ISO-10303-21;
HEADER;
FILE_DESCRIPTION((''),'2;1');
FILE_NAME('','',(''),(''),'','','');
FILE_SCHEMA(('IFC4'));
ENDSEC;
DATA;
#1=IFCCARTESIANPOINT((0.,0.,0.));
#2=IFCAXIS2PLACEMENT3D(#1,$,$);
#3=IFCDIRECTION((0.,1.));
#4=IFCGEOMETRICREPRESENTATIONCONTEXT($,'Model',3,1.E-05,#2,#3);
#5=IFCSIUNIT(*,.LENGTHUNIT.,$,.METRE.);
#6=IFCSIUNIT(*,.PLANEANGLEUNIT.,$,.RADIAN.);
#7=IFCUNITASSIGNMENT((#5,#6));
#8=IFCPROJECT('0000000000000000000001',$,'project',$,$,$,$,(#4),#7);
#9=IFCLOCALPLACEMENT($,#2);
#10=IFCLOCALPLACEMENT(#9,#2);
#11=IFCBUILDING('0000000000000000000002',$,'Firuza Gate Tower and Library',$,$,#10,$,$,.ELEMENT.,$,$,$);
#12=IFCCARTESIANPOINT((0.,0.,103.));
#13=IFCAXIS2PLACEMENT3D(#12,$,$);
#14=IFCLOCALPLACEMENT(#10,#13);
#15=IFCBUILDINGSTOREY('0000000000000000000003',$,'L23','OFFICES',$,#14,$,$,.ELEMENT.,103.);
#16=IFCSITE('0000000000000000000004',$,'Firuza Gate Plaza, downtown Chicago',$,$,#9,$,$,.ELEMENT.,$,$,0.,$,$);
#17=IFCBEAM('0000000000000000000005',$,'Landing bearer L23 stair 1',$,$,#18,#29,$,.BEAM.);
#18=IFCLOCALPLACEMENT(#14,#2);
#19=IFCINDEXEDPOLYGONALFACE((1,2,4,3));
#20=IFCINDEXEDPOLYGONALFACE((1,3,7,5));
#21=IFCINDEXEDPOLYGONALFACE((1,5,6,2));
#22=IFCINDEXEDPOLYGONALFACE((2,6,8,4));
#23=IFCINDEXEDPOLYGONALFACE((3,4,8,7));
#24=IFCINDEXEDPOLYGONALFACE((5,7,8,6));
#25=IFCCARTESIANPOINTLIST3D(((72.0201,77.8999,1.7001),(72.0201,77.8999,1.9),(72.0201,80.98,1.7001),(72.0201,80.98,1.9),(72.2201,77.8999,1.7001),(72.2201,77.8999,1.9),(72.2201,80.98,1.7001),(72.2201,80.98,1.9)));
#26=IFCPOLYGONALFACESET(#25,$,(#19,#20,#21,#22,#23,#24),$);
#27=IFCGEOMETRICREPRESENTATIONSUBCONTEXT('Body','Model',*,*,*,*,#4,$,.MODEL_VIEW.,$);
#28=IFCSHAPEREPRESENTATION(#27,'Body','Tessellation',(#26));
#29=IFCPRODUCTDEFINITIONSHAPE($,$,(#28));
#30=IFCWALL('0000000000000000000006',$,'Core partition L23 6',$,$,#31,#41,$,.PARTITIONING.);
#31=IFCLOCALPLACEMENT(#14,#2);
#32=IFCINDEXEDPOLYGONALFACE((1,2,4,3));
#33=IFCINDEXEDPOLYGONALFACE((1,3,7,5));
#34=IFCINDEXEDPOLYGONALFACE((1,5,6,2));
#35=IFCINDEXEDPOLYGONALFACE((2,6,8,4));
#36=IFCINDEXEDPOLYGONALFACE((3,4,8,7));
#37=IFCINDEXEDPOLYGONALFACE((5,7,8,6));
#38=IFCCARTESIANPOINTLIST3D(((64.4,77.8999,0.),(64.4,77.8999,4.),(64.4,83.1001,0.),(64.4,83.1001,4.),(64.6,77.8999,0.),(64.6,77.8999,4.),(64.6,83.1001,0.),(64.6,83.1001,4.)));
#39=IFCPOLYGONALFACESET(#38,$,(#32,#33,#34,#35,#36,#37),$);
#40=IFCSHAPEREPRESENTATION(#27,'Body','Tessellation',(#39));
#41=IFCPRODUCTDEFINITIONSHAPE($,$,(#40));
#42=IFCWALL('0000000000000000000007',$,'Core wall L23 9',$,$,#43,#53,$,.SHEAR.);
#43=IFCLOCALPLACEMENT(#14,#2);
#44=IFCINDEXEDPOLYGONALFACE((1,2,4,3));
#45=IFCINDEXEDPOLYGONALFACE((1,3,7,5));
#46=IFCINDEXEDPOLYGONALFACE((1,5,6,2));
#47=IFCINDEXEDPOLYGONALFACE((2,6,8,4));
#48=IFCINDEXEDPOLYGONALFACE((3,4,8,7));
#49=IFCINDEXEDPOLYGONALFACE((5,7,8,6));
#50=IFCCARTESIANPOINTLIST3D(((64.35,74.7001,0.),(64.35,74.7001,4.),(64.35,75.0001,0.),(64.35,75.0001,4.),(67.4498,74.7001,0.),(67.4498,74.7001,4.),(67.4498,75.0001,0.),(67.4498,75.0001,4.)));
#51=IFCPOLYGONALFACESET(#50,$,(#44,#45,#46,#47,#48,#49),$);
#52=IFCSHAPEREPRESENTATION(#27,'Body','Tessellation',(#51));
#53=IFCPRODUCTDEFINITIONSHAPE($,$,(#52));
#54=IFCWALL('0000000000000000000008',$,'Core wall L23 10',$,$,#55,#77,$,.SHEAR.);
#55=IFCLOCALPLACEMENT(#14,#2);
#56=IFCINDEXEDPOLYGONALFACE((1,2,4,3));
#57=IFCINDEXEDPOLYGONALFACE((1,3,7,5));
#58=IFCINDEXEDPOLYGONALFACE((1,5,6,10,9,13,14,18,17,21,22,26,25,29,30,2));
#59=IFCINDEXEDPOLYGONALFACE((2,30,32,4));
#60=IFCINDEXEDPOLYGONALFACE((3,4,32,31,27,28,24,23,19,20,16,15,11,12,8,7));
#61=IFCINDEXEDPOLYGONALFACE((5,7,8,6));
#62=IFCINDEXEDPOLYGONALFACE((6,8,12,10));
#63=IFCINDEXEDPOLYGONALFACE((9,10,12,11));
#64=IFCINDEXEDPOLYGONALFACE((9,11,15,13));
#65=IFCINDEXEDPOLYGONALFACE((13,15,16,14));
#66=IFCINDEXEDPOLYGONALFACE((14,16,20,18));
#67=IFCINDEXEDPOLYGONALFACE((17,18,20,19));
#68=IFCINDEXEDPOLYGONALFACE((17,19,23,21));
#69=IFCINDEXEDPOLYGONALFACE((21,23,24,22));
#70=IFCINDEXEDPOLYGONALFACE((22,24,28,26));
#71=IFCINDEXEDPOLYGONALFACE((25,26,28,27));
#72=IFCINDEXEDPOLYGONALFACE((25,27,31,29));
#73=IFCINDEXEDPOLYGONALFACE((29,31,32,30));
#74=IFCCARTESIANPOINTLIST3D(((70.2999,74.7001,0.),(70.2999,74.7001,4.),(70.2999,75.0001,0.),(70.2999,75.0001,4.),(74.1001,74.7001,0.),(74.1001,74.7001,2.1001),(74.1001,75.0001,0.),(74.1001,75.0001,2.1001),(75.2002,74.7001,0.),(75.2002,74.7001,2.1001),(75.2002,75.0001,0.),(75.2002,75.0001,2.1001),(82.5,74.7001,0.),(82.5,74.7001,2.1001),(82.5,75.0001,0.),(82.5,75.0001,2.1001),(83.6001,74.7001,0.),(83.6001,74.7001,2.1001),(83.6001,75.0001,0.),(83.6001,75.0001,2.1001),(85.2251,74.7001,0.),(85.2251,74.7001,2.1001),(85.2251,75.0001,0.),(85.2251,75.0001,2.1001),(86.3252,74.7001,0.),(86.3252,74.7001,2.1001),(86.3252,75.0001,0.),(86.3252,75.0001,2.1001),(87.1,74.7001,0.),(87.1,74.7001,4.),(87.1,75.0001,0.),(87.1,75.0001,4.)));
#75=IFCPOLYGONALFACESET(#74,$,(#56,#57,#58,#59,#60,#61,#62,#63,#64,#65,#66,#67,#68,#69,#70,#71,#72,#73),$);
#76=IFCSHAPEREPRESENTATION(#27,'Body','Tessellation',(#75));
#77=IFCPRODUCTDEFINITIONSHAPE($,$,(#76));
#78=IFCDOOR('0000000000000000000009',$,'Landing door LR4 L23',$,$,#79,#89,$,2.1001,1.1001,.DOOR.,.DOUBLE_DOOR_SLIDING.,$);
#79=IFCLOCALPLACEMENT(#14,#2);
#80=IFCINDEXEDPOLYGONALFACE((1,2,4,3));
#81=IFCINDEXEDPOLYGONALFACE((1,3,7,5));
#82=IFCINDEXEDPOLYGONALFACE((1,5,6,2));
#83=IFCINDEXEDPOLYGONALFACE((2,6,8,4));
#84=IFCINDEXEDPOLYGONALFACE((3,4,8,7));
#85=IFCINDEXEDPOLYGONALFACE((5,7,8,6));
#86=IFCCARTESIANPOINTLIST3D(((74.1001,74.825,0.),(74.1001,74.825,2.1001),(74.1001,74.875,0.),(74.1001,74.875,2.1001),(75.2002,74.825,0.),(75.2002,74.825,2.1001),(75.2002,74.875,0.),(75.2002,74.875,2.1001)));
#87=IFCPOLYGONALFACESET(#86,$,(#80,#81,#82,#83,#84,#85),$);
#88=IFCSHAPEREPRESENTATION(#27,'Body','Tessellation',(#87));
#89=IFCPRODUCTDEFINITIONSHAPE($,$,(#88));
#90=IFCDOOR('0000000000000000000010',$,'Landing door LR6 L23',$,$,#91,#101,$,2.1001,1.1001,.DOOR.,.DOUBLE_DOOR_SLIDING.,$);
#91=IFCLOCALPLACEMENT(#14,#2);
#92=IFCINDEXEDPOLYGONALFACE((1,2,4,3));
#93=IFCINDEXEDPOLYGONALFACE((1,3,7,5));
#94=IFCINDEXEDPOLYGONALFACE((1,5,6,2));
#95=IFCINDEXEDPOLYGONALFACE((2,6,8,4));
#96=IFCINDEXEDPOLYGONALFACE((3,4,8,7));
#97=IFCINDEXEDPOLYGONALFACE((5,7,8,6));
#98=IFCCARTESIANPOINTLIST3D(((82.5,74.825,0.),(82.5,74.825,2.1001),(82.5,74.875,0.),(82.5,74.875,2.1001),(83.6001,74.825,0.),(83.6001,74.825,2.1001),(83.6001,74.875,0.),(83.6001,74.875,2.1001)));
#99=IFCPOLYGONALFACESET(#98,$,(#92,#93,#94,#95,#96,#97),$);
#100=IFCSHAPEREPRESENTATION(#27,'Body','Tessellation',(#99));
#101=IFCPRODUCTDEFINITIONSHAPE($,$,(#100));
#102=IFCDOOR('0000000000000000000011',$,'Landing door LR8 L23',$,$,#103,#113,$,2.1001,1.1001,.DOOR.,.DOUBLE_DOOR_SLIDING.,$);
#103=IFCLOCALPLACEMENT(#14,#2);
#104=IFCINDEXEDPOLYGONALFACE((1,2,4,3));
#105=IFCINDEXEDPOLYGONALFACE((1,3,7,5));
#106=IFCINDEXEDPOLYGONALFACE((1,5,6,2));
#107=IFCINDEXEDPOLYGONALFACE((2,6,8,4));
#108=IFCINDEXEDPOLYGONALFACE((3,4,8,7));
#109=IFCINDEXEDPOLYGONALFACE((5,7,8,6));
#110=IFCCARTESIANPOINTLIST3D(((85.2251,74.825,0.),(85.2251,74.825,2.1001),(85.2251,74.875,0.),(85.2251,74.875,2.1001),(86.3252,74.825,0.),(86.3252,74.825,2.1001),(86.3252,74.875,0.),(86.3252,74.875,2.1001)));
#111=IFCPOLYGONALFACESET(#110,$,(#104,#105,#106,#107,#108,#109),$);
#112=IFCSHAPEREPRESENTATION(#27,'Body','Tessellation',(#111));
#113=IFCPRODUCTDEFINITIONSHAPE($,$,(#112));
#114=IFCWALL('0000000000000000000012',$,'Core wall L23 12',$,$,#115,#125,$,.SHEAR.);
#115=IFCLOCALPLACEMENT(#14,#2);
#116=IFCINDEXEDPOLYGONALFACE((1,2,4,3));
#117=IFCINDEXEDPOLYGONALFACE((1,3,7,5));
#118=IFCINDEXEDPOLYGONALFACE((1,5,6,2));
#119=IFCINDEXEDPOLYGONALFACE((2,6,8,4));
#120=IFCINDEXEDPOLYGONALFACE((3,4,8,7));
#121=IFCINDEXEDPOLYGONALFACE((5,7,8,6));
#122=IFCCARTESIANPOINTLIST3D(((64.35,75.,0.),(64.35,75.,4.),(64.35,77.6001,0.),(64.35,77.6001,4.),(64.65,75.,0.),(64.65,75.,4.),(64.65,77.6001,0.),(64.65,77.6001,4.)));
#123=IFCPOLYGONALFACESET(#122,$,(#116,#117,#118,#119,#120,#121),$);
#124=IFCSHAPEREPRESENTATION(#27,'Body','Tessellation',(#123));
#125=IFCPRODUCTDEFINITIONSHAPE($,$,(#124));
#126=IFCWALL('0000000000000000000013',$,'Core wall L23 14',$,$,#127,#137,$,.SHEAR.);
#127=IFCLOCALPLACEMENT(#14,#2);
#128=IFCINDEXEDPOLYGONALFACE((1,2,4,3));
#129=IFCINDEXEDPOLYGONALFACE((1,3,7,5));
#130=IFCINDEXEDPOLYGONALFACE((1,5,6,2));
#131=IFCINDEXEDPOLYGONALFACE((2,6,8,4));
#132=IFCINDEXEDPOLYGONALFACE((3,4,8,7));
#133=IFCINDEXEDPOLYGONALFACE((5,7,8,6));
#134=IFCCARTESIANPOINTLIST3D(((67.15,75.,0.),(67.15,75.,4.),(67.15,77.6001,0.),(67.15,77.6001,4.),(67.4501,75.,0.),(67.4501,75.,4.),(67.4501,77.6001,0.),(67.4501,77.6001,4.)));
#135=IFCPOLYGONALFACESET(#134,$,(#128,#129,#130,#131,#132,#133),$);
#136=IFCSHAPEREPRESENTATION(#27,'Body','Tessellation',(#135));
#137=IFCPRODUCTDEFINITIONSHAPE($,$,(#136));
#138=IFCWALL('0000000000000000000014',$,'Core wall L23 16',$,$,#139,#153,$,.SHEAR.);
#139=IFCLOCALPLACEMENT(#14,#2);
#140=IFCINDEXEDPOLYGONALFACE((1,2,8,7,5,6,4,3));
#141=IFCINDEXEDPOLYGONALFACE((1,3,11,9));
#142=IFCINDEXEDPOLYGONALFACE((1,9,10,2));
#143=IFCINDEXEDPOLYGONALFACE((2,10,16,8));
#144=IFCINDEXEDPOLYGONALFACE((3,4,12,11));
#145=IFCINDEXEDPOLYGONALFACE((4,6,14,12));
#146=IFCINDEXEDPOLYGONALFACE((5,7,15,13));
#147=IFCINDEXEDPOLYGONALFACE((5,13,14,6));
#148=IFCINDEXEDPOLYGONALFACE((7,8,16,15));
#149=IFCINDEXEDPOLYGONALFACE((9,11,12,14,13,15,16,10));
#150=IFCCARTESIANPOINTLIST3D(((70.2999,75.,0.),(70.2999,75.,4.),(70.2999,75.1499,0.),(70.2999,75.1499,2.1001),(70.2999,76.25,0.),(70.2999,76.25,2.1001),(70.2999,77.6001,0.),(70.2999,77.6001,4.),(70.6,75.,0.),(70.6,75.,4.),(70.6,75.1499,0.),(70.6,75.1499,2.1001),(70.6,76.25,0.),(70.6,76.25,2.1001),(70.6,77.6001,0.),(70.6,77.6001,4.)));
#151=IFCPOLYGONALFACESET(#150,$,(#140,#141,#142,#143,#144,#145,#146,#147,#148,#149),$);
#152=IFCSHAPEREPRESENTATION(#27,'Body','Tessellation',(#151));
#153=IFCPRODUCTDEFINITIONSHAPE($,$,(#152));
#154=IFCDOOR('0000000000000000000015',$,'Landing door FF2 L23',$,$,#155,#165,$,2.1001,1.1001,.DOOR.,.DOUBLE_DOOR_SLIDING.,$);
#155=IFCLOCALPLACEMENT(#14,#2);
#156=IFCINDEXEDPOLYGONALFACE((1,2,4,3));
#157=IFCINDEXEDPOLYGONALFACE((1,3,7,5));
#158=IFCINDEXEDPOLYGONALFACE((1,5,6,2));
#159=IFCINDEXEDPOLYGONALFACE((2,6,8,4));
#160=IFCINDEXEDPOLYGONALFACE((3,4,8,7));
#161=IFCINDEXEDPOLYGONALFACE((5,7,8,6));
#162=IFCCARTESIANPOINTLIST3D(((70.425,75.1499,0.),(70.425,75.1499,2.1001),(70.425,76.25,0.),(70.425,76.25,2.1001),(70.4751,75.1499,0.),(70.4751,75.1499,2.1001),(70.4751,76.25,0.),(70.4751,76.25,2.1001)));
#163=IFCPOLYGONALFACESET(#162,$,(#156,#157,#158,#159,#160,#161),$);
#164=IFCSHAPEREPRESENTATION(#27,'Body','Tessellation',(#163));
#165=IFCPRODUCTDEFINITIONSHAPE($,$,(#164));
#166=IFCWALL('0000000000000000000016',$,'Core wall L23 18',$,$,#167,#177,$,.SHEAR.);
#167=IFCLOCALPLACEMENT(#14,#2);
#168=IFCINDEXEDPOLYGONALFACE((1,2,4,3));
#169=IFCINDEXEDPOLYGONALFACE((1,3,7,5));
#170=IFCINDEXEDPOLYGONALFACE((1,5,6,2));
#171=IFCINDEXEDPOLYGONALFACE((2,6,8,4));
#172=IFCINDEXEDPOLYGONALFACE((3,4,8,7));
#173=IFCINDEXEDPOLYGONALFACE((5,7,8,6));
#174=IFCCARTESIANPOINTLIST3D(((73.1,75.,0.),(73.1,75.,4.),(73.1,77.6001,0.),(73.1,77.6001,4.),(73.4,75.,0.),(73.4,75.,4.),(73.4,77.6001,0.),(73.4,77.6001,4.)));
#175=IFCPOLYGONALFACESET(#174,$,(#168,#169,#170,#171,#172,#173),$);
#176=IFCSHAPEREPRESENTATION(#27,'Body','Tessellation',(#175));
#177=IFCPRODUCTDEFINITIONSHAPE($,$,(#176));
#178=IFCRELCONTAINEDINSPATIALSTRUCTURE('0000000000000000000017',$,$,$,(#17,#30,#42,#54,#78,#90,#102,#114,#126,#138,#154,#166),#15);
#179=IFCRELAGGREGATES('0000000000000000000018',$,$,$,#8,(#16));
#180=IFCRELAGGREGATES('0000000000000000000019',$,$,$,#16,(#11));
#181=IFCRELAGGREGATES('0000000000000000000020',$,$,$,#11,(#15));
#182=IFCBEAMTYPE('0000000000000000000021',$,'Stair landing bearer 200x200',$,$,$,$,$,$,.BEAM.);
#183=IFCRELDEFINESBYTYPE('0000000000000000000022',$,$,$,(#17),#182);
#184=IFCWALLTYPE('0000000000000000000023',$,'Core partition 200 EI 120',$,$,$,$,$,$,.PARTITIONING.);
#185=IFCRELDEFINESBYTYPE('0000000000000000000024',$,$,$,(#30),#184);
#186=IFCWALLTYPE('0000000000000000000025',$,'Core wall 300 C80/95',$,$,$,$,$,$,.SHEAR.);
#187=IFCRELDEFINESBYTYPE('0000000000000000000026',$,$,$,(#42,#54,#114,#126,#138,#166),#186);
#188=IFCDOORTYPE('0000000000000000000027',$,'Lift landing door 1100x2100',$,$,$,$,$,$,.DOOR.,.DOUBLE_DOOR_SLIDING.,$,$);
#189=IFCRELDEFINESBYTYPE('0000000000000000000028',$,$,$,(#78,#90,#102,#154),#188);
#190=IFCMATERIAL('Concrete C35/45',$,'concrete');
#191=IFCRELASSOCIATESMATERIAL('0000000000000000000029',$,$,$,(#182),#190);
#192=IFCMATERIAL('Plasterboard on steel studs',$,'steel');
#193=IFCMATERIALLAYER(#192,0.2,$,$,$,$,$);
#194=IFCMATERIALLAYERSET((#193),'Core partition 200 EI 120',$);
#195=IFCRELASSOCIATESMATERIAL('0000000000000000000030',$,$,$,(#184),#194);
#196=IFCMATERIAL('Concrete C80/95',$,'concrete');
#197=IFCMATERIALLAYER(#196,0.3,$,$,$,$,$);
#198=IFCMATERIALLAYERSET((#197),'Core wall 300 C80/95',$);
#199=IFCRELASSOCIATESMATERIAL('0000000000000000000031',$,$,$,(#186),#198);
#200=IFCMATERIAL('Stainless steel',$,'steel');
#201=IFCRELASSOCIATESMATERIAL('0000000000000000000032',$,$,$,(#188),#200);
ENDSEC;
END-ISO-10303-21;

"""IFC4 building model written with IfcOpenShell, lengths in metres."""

from ifc_helpers import new_model, si_unit, direction, frame, frame_2d, origin, origin_2d, place, context, subcontext, project, spatial, rectangle, extrude, material, layer, layer_set, material_profile, profile_set, type_object, element, fill, save


model = new_model("IFC4")

# Units and contexts
model_context = context("Model", 3, precision=1e-05, world=origin(), true_north=direction((0.0, 1.0)))
body_context = subcontext(model_context, "Body", "Model", "MODEL_VIEW")
ifc_project = project(units=[si_unit("LENGTHUNIT", "METRE"), si_unit("PLANEANGLEUNIT", "RADIAN")], contexts=[model_context])

# Site, building, storey
site_placement = place(None, origin())
site = spatial("IfcSite", under=ifc_project, at=site_placement, Name="Firuza Gate Plaza, downtown Chicago", CompositionType="ELEMENT", RefElevation=0.0)
building_placement = place(site_placement, origin())
building = spatial("IfcBuilding", under=site, at=building_placement, Name="Firuza Gate Tower and Library", CompositionType="ELEMENT")
storey_placement = place(building_placement, frame((0.0, 0.0, 103.0)))
storey = spatial("IfcBuildingStorey", under=building, at=storey_placement, Name="L23", Description="OFFICES", CompositionType="ELEMENT", Elevation=103.0)

# Beam
ifc_material_1 = material(Name="Concrete C35/45", Category="concrete")
ifc_material_profile = material_profile(ifc_material_1, rectangle(XDim=0.2, YDim=0.2, at=origin_2d()))
ifc_profile_set = profile_set([ifc_material_profile], Name="Concrete C35/45")
beam_type = type_object("IfcBeamType", Name="Stair landing bearer 200x200", PredefinedType="BEAM", material=ifc_profile_set)
beam_placement = place(storey_placement, frame((72.1201, 77.8999, 1.8), z_axis=(0.0, 1.0, 0.0), x_axis=(-1.0, 0.0, 0.0)))
element("IfcBeam", 1, at=beam_placement, inside=storey, type_object=beam_type, Name="Landing bearer L23 stair 1", PredefinedType="BEAM", context=body_context, shape_type="SweptSolid", body=[
    extrude(rectangle(XDim=0.2, YDim=0.2, at=origin_2d()), origin(), (0.0, 0.0, 1.0), 3.0801),
])

# Walls
ifc_material_2 = material(Name="Plasterboard on steel studs", Category="steel")
ifc_layer_1 = layer(ifc_material_2, 0.2)
ifc_layer_set_1 = layer_set([ifc_layer_1], Name="Core partition 200 EI 120")
wall_type_1 = type_object("IfcWallType", Name="Core partition 200 EI 120", PredefinedType="PARTITIONING", material=ifc_layer_set_1)
wall_1_placement = place(storey_placement, frame((64.5, 77.8999, 0.0), z_axis=(0.0, 0.0, 1.0), x_axis=(0.0, 1.0, 0.0)))
element("IfcWall", 2, at=wall_1_placement, inside=storey, type_object=wall_type_1, Name="Core partition L23 6", PredefinedType="PARTITIONING", context=body_context, shape_type="SweptSolid", body=[
    extrude(rectangle(XDim=5.2002, YDim=0.2, at=frame_2d((2.6001, 0.0))), origin(), (0.0, 0.0, 1.0), 4.0),
])
ifc_material_3 = material(Name="Concrete C80/95", Category="concrete")
ifc_layer_2 = layer(ifc_material_3, 0.3)
ifc_layer_set_2 = layer_set([ifc_layer_2], Name="Core wall 300 C80/95")
wall_type_2 = type_object("IfcWallType", Name="Core wall 300 C80/95", PredefinedType="SHEAR", material=ifc_layer_set_2)
wall_2_placement = place(storey_placement, frame((64.3501, 74.8501, 0.0), z_axis=(0.0, 0.0, 1.0), x_axis=(1.0, 0.0, 0.0)))
element("IfcWall", 3, at=wall_2_placement, inside=storey, type_object=wall_type_2, Name="Core wall L23 9", PredefinedType="SHEAR", context=body_context, shape_type="SweptSolid", body=[
    extrude(rectangle(XDim=3.0999, YDim=0.3, at=frame_2d((1.5498, 0.0))), origin(), (0.0, 0.0, 1.0), 4.0),
])

# Wall, openings, doors
wall_3_placement = place(storey_placement, frame((70.3, 74.8501, 0.0), z_axis=(0.0, 0.0, 1.0), x_axis=(1.0, 0.0, 0.0)))
wall_3 = element("IfcWall", 4, at=wall_3_placement, inside=storey, type_object=wall_type_2, Name="Core wall L23 10", PredefinedType="SHEAR", context=body_context, shape_type="SweptSolid", body=[
    extrude(rectangle(XDim=16.8, YDim=0.3, at=frame_2d((8.3999, 0.0))), origin(), (0.0, 0.0, 1.0), 4.0),
])
opening_1_placement = place(wall_3_placement, frame((3.8, 0.0, 0.0)))
opening_1 = element("IfcOpeningElement", 5, at=opening_1_placement, cuts=wall_3, PredefinedType="OPENING", context=body_context, shape_type="SweptSolid", body=[
    extrude(rectangle(XDim=1.1001, YDim=2.1001, at=frame_2d((0.55, 1.05))), frame((0.0, 0.1602, 0.0), z_axis=(0.0, -1.0, 0.0), x_axis=(1.0, 0.0, 0.0)), (0.0, 0.0, 1.0), 0.3201),
])
opening_2_placement = place(wall_3_placement, frame((12.2, 0.0, 0.0)))
opening_2 = element("IfcOpeningElement", 6, at=opening_2_placement, cuts=wall_3, PredefinedType="OPENING", context=body_context, shape_type="SweptSolid", body=[
    extrude(rectangle(XDim=1.1001, YDim=2.1001, at=frame_2d((0.55, 1.05))), frame((0.0, 0.1602, 0.0), z_axis=(0.0, -1.0, 0.0), x_axis=(1.0, 0.0, 0.0)), (0.0, 0.0, 1.0), 0.3201),
])
opening_3_placement = place(wall_3_placement, frame((14.925, 0.0, 0.0)))
opening_3 = element("IfcOpeningElement", 7, at=opening_3_placement, cuts=wall_3, PredefinedType="OPENING", context=body_context, shape_type="SweptSolid", body=[
    extrude(rectangle(XDim=1.1001, YDim=2.1001, at=frame_2d((0.55, 1.05))), frame((0.0, 0.1602, 0.0), z_axis=(0.0, -1.0, 0.0), x_axis=(1.0, 0.0, 0.0)), (0.0, 0.0, 1.0), 0.3201),
])
ifc_material_4 = material(Name="Stainless steel", Category="steel")
door_type_1 = type_object("IfcDoorType", Name="Lift landing door 1100x2100", OperationType="DOUBLE_DOOR_SLIDING", PredefinedType="DOOR", material=ifc_material_4)
door_1_placement = place(opening_1_placement, origin())
door_1 = element("IfcDoor", 8, at=door_1_placement, inside=storey, type_object=door_type_1, Name="Landing door LR4 L23", OperationType="DOUBLE_DOOR_SLIDING", OverallHeight=2.1001, OverallWidth=1.1001, PredefinedType="DOOR", context=body_context, shape_type="SweptSolid", body=[
    extrude(rectangle(XDim=1.1001, YDim=2.1001, at=frame_2d((0.55, 1.05))), frame((0.0, 0.0249, 0.0), z_axis=(0.0, -1.0, 0.0), x_axis=(1.0, 0.0, 0.0)), (0.0, 0.0, 1.0), 0.05),
])
fill(opening_1, door_1)
door_2_placement = place(opening_2_placement, origin())
door_2 = element("IfcDoor", 9, at=door_2_placement, inside=storey, type_object=door_type_1, Name="Landing door LR6 L23", OperationType="DOUBLE_DOOR_SLIDING", OverallHeight=2.1001, OverallWidth=1.1001, PredefinedType="DOOR", context=body_context, shape_type="SweptSolid", body=[
    extrude(rectangle(XDim=1.1001, YDim=2.1001, at=frame_2d((0.55, 1.05))), frame((0.0, 0.0249, 0.0), z_axis=(0.0, -1.0, 0.0), x_axis=(1.0, 0.0, 0.0)), (0.0, 0.0, 1.0), 0.05),
])
fill(opening_2, door_2)
door_3_placement = place(opening_3_placement, origin())
door_3 = element("IfcDoor", 10, at=door_3_placement, inside=storey, type_object=door_type_1, Name="Landing door LR8 L23", OperationType="DOUBLE_DOOR_SLIDING", OverallHeight=2.1001, OverallWidth=1.1001, PredefinedType="DOOR", context=body_context, shape_type="SweptSolid", body=[
    extrude(rectangle(XDim=1.1001, YDim=2.1001, at=frame_2d((0.55, 1.05))), frame((0.0, 0.0249, 0.0), z_axis=(0.0, -1.0, 0.0), x_axis=(1.0, 0.0, 0.0)), (0.0, 0.0, 1.0), 0.05),
])
fill(opening_3, door_3)

# Walls
for number, where, z_axis, x_axis, name in (
    (11, (64.5, 75.0, 0.0), (0.0, 0.0, 1.0), (0.0, 1.0, 0.0), "Core wall L23 12"),
    (12, (67.3, 75.0, 0.0), (0.0, 0.0, 1.0), (0.0, 1.0, 0.0), "Core wall L23 14"),
):
    element("IfcWall", number, at=place(storey_placement, frame(where, z_axis=z_axis, x_axis=x_axis)), inside=storey, type_object=wall_type_2, Name=name, PredefinedType="SHEAR", context=body_context, shape_type="SweptSolid", body=[
        extrude(rectangle(XDim=2.6001, YDim=0.3, at=frame_2d((1.3, 0.0))), origin(), (0.0, 0.0, 1.0), 4.0),
    ])

# Wall, opening, door
wall_4_placement = place(storey_placement, frame((70.45, 75.0, 0.0), z_axis=(0.0, 0.0, 1.0), x_axis=(0.0, 1.0, 0.0)))
wall_4 = element("IfcWall", 13, at=wall_4_placement, inside=storey, type_object=wall_type_2, Name="Core wall L23 16", PredefinedType="SHEAR", context=body_context, shape_type="SweptSolid", body=[
    extrude(rectangle(XDim=2.6001, YDim=0.3, at=frame_2d((1.3, 0.0))), origin(), (0.0, 0.0, 1.0), 4.0),
])
opening_4_placement = place(wall_4_placement, frame((0.1499, 0.0, 0.0)))
opening_4 = element("IfcOpeningElement", 14, at=opening_4_placement, cuts=wall_4, PredefinedType="OPENING", context=body_context, shape_type="SweptSolid", body=[
    extrude(rectangle(XDim=1.1001, YDim=2.1001, at=frame_2d((0.55, 1.05))), frame((0.0, 0.1602, 0.0), z_axis=(0.0, -1.0, 0.0), x_axis=(1.0, 0.0, 0.0)), (0.0, 0.0, 1.0), 0.3201),
])
door_4_placement = place(opening_4_placement, origin())
door_4 = element("IfcDoor", 15, at=door_4_placement, inside=storey, type_object=door_type_1, Name="Landing door FF2 L23", OperationType="DOUBLE_DOOR_SLIDING", OverallHeight=2.1001, OverallWidth=1.1001, PredefinedType="DOOR", context=body_context, shape_type="SweptSolid", body=[
    extrude(rectangle(XDim=1.1001, YDim=2.1001, at=frame_2d((0.55, 1.05))), frame((0.0, 0.0249, 0.0), z_axis=(0.0, -1.0, 0.0), x_axis=(1.0, 0.0, 0.0)), (0.0, 0.0, 1.0), 0.05),
])
fill(opening_4, door_4)

# Wall
wall_5_placement = place(storey_placement, frame((73.25, 75.0, 0.0), z_axis=(0.0, 0.0, 1.0), x_axis=(0.0, 1.0, 0.0)))
element("IfcWall", 16, at=wall_5_placement, inside=storey, type_object=wall_type_2, Name="Core wall L23 18", PredefinedType="SHEAR", context=body_context, shape_type="SweptSolid", body=[
    extrude(rectangle(XDim=2.6001, YDim=0.3, at=frame_2d((1.3, 0.0))), origin(), (0.0, 0.0, 1.0), 4.0),
])

save(model, "model.ifc")
